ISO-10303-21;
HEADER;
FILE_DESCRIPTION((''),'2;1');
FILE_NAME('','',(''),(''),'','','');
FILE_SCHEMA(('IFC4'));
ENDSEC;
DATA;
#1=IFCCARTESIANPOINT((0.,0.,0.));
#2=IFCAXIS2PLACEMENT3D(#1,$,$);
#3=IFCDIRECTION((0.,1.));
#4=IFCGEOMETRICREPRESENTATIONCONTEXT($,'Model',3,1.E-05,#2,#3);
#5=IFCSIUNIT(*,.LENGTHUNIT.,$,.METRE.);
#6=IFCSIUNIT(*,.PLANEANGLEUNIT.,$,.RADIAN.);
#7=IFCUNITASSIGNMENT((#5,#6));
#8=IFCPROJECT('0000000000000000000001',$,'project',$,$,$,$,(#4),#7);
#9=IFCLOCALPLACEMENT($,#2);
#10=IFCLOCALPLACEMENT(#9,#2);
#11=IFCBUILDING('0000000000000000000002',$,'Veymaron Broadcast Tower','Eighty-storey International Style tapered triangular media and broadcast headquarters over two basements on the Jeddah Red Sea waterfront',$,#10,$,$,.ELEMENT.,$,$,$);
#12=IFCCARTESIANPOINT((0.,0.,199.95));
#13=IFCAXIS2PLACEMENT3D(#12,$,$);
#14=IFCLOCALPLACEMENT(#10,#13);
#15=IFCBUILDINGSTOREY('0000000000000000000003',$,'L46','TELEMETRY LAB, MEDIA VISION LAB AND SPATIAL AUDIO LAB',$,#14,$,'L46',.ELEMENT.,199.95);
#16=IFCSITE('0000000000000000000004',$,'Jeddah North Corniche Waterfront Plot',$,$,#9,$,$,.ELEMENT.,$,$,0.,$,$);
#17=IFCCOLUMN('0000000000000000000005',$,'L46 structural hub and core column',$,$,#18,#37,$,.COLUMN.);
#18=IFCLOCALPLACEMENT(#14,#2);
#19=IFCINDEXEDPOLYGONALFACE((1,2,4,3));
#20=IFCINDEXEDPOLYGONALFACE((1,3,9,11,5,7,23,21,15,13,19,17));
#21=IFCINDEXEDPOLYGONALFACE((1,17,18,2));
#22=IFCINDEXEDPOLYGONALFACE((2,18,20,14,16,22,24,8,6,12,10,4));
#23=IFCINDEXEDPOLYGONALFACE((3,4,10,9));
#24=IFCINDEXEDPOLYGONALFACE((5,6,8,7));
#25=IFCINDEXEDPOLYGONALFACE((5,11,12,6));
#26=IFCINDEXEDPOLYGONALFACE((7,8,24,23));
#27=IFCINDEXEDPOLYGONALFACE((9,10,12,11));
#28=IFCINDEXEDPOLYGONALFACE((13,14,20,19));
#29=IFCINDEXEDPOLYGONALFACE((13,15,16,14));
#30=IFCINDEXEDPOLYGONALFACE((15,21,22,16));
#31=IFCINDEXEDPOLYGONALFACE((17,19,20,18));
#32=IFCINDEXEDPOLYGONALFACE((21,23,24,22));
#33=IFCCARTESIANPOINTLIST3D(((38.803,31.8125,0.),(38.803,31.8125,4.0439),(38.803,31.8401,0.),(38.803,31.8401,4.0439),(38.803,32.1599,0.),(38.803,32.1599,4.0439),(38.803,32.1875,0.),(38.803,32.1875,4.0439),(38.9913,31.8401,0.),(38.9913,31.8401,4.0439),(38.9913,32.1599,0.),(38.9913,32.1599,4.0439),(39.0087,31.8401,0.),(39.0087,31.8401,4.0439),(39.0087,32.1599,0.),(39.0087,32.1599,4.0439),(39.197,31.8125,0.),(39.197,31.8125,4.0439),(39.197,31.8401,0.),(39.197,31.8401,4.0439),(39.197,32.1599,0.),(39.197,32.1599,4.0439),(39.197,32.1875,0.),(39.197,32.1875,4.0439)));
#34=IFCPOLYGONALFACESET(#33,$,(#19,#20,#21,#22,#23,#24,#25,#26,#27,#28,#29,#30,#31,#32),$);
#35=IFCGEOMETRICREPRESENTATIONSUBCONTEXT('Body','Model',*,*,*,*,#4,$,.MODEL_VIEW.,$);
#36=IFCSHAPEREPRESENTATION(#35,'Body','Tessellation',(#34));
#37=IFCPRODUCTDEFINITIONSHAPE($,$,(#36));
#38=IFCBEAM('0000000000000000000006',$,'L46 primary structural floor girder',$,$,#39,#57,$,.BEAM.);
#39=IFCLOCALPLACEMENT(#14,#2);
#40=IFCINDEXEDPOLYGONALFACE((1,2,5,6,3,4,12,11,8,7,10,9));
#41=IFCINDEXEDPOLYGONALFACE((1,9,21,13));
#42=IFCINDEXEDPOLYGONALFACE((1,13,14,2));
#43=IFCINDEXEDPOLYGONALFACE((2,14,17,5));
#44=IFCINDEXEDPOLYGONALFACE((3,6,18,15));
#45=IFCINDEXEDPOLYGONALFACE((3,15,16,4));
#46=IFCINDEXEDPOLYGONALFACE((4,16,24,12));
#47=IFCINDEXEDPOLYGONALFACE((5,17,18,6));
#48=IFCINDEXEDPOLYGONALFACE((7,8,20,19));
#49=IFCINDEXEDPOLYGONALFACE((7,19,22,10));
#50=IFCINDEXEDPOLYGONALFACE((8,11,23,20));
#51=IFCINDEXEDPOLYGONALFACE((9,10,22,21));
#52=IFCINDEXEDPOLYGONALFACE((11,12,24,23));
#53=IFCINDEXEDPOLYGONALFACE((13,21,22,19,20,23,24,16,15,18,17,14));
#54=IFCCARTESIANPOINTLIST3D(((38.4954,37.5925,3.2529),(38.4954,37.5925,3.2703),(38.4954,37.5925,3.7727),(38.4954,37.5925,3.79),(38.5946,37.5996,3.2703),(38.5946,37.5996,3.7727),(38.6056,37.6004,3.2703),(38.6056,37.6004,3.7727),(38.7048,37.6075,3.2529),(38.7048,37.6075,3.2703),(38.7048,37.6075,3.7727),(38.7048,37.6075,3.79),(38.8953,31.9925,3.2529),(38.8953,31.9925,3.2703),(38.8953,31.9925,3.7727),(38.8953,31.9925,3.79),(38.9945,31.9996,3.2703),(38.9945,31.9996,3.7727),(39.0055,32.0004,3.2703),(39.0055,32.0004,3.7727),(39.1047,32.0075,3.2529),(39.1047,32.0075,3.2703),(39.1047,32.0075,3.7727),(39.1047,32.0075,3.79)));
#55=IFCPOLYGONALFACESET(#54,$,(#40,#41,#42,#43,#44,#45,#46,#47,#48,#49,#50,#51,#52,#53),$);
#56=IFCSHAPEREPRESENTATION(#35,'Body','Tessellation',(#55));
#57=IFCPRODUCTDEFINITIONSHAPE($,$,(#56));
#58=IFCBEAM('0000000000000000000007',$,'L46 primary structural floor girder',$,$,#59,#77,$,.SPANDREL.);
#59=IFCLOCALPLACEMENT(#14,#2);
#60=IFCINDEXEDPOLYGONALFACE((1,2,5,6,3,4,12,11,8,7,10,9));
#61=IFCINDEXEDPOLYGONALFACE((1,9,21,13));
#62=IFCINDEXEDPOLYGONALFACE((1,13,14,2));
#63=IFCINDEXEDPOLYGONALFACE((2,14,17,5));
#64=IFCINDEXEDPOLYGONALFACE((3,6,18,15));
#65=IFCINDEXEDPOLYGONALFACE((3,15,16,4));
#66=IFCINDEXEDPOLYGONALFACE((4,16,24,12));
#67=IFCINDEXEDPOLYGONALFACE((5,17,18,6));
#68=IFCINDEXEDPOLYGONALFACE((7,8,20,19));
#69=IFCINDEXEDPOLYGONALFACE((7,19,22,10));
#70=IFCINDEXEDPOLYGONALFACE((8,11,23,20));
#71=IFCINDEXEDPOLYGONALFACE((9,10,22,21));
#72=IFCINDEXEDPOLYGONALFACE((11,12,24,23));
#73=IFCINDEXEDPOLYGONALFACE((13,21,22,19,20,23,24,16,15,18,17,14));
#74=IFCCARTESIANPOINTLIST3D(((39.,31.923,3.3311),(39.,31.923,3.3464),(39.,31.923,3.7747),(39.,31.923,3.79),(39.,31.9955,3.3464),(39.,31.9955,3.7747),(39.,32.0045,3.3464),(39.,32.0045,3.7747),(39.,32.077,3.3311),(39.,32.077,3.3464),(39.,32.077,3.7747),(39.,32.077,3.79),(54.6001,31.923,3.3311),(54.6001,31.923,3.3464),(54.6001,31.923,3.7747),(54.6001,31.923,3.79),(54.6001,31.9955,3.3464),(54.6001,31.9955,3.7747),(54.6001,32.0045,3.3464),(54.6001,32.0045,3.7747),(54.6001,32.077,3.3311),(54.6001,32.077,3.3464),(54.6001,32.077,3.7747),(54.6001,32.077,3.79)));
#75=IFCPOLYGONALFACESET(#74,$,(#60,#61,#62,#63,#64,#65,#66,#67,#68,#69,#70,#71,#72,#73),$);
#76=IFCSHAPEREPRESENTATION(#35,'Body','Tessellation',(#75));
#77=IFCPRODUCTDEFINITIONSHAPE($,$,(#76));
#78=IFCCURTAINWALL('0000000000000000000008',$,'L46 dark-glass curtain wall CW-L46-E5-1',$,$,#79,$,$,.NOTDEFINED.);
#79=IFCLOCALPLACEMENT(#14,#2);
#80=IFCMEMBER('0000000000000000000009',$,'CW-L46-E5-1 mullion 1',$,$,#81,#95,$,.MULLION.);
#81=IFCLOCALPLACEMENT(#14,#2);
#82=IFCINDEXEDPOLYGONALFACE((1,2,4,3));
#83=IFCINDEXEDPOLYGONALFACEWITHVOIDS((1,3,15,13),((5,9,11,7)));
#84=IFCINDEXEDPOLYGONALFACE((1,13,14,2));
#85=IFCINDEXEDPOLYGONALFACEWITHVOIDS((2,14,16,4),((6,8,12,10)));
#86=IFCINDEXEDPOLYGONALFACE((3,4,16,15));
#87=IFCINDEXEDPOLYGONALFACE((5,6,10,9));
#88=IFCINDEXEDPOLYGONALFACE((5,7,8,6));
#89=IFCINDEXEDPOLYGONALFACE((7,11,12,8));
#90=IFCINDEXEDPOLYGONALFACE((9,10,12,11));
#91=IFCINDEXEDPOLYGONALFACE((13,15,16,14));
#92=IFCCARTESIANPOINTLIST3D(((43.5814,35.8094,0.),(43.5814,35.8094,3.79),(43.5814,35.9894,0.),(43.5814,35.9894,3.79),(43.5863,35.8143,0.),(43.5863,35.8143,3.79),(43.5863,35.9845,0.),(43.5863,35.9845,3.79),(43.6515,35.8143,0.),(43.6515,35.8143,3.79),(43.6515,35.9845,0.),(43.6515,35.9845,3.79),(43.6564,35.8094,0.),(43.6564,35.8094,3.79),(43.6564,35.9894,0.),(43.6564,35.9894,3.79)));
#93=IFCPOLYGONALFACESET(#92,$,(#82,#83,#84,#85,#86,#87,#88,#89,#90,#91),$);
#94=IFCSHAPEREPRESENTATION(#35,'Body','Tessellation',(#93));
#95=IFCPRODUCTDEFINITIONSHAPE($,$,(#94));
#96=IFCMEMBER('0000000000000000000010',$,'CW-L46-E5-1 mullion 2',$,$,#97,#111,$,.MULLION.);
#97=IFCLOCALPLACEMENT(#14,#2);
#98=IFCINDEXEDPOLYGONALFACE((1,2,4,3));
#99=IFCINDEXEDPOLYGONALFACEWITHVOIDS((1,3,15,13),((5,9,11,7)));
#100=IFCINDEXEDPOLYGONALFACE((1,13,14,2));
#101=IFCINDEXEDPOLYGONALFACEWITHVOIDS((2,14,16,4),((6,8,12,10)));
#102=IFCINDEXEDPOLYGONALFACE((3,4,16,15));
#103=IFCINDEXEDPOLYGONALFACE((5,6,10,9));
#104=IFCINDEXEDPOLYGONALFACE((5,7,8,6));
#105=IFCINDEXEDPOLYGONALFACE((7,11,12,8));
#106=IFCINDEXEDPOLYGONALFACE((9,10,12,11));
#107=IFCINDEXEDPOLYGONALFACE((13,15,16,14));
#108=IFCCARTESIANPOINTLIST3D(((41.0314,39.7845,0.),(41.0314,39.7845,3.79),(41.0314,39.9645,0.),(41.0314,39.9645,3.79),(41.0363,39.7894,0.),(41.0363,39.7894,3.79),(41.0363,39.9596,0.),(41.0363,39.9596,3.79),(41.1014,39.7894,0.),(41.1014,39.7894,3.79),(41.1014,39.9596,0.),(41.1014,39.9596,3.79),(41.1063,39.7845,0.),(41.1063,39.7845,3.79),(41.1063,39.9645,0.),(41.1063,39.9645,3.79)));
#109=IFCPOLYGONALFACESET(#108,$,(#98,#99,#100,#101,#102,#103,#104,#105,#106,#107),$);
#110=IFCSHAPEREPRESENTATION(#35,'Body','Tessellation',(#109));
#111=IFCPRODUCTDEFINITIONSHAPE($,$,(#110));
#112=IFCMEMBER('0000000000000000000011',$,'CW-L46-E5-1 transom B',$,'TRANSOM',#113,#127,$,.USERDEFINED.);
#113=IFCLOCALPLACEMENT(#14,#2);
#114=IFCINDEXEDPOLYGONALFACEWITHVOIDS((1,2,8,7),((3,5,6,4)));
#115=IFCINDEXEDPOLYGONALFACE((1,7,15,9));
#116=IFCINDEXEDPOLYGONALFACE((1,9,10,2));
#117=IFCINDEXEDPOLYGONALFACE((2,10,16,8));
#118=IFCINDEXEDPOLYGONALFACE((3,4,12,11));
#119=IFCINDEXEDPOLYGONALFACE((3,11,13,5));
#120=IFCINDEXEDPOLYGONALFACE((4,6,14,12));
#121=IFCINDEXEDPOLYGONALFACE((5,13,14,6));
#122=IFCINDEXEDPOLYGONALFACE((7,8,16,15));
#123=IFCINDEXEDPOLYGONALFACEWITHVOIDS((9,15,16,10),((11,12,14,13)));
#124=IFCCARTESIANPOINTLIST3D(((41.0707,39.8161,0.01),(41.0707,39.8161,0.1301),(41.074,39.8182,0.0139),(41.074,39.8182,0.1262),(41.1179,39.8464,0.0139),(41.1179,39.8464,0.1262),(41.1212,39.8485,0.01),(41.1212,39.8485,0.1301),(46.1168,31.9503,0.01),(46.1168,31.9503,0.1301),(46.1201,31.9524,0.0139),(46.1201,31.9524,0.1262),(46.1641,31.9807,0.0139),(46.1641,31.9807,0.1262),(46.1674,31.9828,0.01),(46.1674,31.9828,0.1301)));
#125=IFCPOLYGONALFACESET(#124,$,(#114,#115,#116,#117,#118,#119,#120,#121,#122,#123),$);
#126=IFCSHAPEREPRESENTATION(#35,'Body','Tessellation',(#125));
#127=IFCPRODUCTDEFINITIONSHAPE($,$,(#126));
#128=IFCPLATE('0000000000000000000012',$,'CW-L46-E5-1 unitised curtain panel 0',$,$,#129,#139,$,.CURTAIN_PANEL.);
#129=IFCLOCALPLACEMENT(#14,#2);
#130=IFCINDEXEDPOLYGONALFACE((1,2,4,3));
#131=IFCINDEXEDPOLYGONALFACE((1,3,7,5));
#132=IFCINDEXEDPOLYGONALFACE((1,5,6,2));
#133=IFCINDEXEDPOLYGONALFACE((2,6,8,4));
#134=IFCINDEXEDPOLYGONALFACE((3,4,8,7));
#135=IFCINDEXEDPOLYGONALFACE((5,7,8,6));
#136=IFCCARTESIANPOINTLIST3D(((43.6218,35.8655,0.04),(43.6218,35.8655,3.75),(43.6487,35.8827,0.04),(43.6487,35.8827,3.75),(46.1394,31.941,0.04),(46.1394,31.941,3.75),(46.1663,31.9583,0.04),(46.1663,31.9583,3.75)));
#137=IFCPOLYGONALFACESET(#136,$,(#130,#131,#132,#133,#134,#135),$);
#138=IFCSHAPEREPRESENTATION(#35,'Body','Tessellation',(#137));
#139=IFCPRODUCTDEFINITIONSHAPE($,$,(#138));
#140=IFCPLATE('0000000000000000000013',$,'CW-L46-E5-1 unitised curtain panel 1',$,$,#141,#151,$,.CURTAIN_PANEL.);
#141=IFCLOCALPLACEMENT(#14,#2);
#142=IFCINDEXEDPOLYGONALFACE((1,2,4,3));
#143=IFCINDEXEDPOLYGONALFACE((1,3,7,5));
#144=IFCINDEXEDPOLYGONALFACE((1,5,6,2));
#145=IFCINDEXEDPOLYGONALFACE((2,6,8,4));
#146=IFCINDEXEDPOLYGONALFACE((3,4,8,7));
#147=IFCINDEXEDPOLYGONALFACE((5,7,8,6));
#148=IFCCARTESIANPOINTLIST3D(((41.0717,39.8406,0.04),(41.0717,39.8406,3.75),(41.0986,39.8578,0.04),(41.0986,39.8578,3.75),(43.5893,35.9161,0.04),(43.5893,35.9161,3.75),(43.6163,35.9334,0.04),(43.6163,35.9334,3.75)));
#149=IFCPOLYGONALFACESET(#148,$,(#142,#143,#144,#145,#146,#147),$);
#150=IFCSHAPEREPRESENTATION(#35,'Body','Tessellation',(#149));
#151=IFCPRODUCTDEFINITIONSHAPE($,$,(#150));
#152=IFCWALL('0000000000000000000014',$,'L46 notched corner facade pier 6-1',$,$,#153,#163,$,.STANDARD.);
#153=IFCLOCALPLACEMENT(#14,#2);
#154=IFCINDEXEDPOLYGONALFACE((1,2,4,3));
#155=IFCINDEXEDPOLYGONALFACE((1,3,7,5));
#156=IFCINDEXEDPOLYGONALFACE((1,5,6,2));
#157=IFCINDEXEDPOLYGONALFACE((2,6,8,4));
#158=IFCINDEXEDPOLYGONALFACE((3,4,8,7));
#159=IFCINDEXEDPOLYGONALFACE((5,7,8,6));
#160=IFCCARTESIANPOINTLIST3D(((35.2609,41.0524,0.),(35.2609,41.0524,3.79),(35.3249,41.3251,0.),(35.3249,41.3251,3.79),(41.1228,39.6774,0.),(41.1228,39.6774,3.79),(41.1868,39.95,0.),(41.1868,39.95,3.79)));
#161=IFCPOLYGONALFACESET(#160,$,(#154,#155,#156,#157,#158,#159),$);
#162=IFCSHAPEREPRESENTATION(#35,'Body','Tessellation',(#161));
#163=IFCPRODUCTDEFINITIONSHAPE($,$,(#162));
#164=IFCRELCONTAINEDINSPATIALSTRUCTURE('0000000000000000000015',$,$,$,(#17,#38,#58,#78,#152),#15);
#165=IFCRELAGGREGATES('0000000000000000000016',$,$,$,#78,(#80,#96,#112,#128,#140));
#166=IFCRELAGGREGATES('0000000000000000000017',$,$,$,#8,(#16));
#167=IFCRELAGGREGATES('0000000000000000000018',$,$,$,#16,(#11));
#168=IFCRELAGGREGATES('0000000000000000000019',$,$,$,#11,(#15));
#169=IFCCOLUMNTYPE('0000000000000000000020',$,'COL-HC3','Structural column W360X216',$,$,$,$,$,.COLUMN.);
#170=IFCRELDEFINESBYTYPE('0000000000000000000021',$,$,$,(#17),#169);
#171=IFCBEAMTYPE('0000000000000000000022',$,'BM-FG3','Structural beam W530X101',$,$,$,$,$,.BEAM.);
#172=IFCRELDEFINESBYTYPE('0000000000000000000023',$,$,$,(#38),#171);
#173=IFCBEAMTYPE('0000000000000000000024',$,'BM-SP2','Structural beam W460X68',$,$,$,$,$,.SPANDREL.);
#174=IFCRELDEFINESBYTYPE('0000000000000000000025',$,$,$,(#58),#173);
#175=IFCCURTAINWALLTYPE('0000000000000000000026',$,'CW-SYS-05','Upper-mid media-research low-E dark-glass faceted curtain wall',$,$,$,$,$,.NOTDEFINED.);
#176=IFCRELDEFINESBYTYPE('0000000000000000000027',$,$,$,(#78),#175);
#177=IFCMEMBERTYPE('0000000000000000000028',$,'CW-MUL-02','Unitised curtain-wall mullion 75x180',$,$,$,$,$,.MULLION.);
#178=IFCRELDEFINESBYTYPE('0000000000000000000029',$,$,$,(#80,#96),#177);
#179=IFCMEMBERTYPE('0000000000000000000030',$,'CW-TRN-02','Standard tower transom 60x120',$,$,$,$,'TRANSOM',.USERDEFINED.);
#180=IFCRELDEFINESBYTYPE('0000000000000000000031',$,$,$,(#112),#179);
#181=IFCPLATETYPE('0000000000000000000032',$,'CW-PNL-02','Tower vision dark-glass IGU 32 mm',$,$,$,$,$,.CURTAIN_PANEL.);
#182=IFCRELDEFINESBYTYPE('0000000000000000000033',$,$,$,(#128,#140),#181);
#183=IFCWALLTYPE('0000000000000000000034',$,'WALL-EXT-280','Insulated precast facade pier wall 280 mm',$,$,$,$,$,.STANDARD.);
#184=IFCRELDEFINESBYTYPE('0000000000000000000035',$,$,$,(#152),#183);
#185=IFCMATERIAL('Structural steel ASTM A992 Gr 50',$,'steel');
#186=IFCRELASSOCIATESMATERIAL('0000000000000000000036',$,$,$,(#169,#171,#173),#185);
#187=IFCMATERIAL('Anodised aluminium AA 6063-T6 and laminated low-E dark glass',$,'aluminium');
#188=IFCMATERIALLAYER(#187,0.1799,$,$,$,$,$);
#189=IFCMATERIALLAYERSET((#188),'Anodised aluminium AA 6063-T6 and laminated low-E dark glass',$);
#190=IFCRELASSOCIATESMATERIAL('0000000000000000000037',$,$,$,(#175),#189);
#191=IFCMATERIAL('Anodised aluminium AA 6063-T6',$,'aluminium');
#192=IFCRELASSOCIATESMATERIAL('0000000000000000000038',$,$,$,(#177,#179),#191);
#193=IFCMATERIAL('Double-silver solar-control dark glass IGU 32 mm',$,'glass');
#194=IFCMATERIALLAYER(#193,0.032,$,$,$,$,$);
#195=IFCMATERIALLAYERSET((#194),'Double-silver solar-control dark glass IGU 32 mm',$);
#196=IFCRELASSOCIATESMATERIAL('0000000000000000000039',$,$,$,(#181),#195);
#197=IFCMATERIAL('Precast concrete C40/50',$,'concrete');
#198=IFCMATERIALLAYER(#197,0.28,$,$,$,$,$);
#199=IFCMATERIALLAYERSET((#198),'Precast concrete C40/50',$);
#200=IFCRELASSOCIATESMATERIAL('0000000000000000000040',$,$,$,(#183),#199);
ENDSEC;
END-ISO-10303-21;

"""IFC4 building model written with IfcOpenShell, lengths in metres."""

from ifc_helpers import new_model, si_unit, direction, frame, frame_2d, origin, origin_2d, place, context, subcontext, project, spatial, rectangle, hollow_rectangle, i_section, extrude, material, layer, layer_set, material_profile, profile_set, type_object, element, aggregate, save


model = new_model("IFC4")

# Units and contexts
model_context = context("Model", 3, precision=1e-05, world=origin(), true_north=direction((0.0, 1.0)))
body_context = subcontext(model_context, "Body", "Model", "MODEL_VIEW")
ifc_project = project(units=[si_unit("LENGTHUNIT", "METRE"), si_unit("PLANEANGLEUNIT", "RADIAN")], contexts=[model_context])

# Site, building, storey
site_placement = place(None, origin())
site = spatial("IfcSite", under=ifc_project, at=site_placement, Name="Jeddah North Corniche Waterfront Plot", CompositionType="ELEMENT", RefElevation=0.0)
building_placement = place(site_placement, origin())
building = spatial("IfcBuilding", under=site, at=building_placement, Name="Veymaron Broadcast Tower", Description="Eighty-storey International Style tapered triangular media and broadcast headquarters over two basements on the Jeddah Red Sea waterfront", CompositionType="ELEMENT")
storey_placement = place(building_placement, frame((0.0, 0.0, 199.95)))
storey = spatial("IfcBuildingStorey", under=building, at=storey_placement, Name="L46", Description="TELEMETRY LAB, MEDIA VISION LAB AND SPATIAL AUDIO LAB", LongName="L46", CompositionType="ELEMENT", Elevation=199.95)

# Column
ifc_material_1 = material(Name="Structural steel ASTM A992 Gr 50", Category="steel")
ifc_material_profile_1 = material_profile(ifc_material_1, i_section(OverallWidth=0.394, OverallDepth=0.375, WebThickness=0.0173, FlangeThickness=0.0276, at=origin_2d()), Name="W360X216")
ifc_profile_set_1 = profile_set([ifc_material_profile_1], Name="Structural steel ASTM A992 Gr 50")
column_type = type_object("IfcColumnType", Name="COL-HC3", Description="Structural column W360X216", PredefinedType="COLUMN", material=ifc_profile_set_1)
column_placement = place(storey_placement, frame((39.0, 32.0, 0.0), z_axis=(0.0, 0.0, 1.0), x_axis=(1.0, 0.0, 0.0)))
element("IfcColumn", 1, at=column_placement, inside=storey, type_object=column_type, Name="L46 structural hub and core column", PredefinedType="COLUMN", context=body_context, shape_type="SweptSolid", body=[
    extrude(i_section(OverallWidth=0.394, OverallDepth=0.375, WebThickness=0.0173, FlangeThickness=0.0276, at=origin_2d()), origin(), (0.0, 0.0, 1.0), 4.0439),
])

# Beams
ifc_material_profile_2 = material_profile(ifc_material_1, i_section(OverallWidth=0.21, OverallDepth=0.5371, WebThickness=0.011, FlangeThickness=0.0173, at=origin_2d()), Name="W530X101")
ifc_profile_set_2 = profile_set([ifc_material_profile_2], Name="Structural steel ASTM A992 Gr 50")
beam_type_1 = type_object("IfcBeamType", Name="BM-FG3", Description="Structural beam W530X101", PredefinedType="BEAM", material=ifc_profile_set_2)
beam_1_placement = place(storey_placement, frame((39.0, 32.0, 3.5215), z_axis=(-0.071229, 0.99746, 0.0), x_axis=(-0.99746, -0.071229, 0.0)))
element("IfcBeam", 2, at=beam_1_placement, inside=storey, type_object=beam_type_1, Name="L46 primary structural floor girder", PredefinedType="BEAM", context=body_context, shape_type="SweptSolid", body=[
    extrude(i_section(OverallWidth=0.21, OverallDepth=0.5371, WebThickness=0.011, FlangeThickness=0.0173, at=origin_2d()), origin(), (0.0, 0.0, 1.0), 5.6143),
])
ifc_material_profile_3 = material_profile(ifc_material_1, i_section(OverallWidth=0.1541, OverallDepth=0.459, WebThickness=0.009, FlangeThickness=0.0154, at=origin_2d()), Name="W460X68")
ifc_profile_set_3 = profile_set([ifc_material_profile_3], Name="Structural steel ASTM A992 Gr 50")
beam_type_2 = type_object("IfcBeamType", Name="BM-SP2", Description="Structural beam W460X68", PredefinedType="SPANDREL", material=ifc_profile_set_3)
beam_2_placement = place(storey_placement, frame((39.0, 32.0, 3.5605), z_axis=(1.0, 0.0, 0.0), x_axis=(0.0, 1.0, 0.0)))
element("IfcBeam", 3, at=beam_2_placement, inside=storey, type_object=beam_type_2, Name="L46 primary structural floor girder", PredefinedType="SPANDREL", context=body_context, shape_type="SweptSolid", body=[
    extrude(i_section(OverallWidth=0.1541, OverallDepth=0.459, WebThickness=0.009, FlangeThickness=0.0154, at=origin_2d()), origin(), (0.0, 0.0, 1.0), 15.6001),
])

# Curtain wall, members, plates
ifc_material_2 = material(Name="Anodised aluminium AA 6063-T6 and laminated low-E dark glass", Category="aluminium")
ifc_layer_1 = layer(ifc_material_2, 0.1799)
ifc_layer_set_1 = layer_set([ifc_layer_1], Name="Anodised aluminium AA 6063-T6 and laminated low-E dark glass")
curtain_wall_type = type_object("IfcCurtainWallType", Name="CW-SYS-05", Description="Upper-mid media-research low-E dark-glass faceted curtain wall", PredefinedType="NOTDEFINED", material=ifc_layer_set_1)
curtain_wall_placement = place(storey_placement, origin())
curtain_wall = element("IfcCurtainWall", 4, at=curtain_wall_placement, inside=storey, type_object=curtain_wall_type, Name="L46 dark-glass curtain wall CW-L46-E5-1", PredefinedType="NOTDEFINED")
ifc_material_3 = material(Name="Anodised aluminium AA 6063-T6", Category="aluminium")
ifc_material_profile_4 = material_profile(ifc_material_3, hollow_rectangle(XDim=0.075, YDim=0.1799, WallThickness=0.0049, at=origin_2d()), Name="AL180X75X5")
ifc_profile_set_4 = profile_set([ifc_material_profile_4], Name="Anodised aluminium AA 6063-T6")
member_type_1 = type_object("IfcMemberType", Name="CW-MUL-02", Description="Unitised curtain-wall mullion 75x180", PredefinedType="MULLION", material=ifc_profile_set_4)
member_1_placement = place(storey_placement, frame((43.6189, 35.8994, 0.0), z_axis=(0.0, 0.0, 1.0), x_axis=(1.0, 0.0, 0.0)))
member_1 = element("IfcMember", 5, at=member_1_placement, type_object=member_type_1, Name="CW-L46-E5-1 mullion 1", PredefinedType="MULLION", context=body_context, shape_type="SweptSolid", body=[
    extrude(hollow_rectangle(XDim=0.075, YDim=0.1799, WallThickness=0.0049, at=origin_2d()), origin(), (0.0, 0.0, 1.0), 3.79),
])
member_2_placement = place(storey_placement, frame((41.0688, 39.8745, 0.0), z_axis=(0.0, 0.0, 1.0), x_axis=(1.0, 0.0, 0.0)))
member_2 = element("IfcMember", 6, at=member_2_placement, type_object=member_type_1, Name="CW-L46-E5-1 mullion 2", PredefinedType="MULLION", context=body_context, shape_type="SweptSolid", body=[
    extrude(hollow_rectangle(XDim=0.075, YDim=0.1799, WallThickness=0.0049, at=origin_2d()), origin(), (0.0, 0.0, 1.0), 3.79),
])
ifc_material_profile_5 = material_profile(ifc_material_3, hollow_rectangle(XDim=0.0601, YDim=0.1201, WallThickness=0.0039, at=origin_2d()), Name="AL120X60X4")
ifc_profile_set_5 = profile_set([ifc_material_profile_5], Name="Anodised aluminium AA 6063-T6")
member_type_2 = type_object("IfcMemberType", Name="CW-TRN-02", Description="Standard tower transom 60x120", ElementType="TRANSOM", PredefinedType="USERDEFINED", material=ifc_profile_set_5)
member_3_placement = place(storey_placement, frame((46.1421, 31.9666, 0.0701), z_axis=(-0.53997, 0.841684, 0.0), x_axis=(-0.841684, -0.53997, 0.0)))
member_3 = element("IfcMember", 7, at=member_3_placement, type_object=member_type_2, Name="CW-L46-E5-1 transom B", ObjectType="TRANSOM", PredefinedType="USERDEFINED", context=body_context, shape_type="SweptSolid", body=[
    extrude(hollow_rectangle(XDim=0.0601, YDim=0.1201, WallThickness=0.0039, at=origin_2d()), origin(), (0.0, 0.0, 1.0), 9.3452),
])
ifc_material_4 = material(Name="Double-silver solar-control dark glass IGU 32 mm", Category="glass")
ifc_layer_2 = layer(ifc_material_4, 0.032)
ifc_layer_set_2 = layer_set([ifc_layer_2], Name="Double-silver solar-control dark glass IGU 32 mm")
plate_type = type_object("IfcPlateType", Name="CW-PNL-02", Description="Tower vision dark-glass IGU 32 mm", PredefinedType="CURTAIN_PANEL", material=ifc_layer_set_2)
plate_1_placement = place(storey_placement, frame((44.894, 33.9119, 0.04), z_axis=(0.0, 0.0, 1.0), x_axis=(-0.539961, 0.84169, 0.0)))
plate_1 = element("IfcPlate", 8, at=plate_1_placement, type_object=plate_type, Name="CW-L46-E5-1 unitised curtain panel 0", PredefinedType="CURTAIN_PANEL", context=body_context, shape_type="SweptSolid", body=[
    extrude(rectangle(XDim=4.6626, YDim=0.032, at=origin_2d()), origin(), (0.0, 0.0, 1.0), 3.71),
])
plate_2_placement = place(storey_placement, frame((42.344, 37.887, 0.04), z_axis=(0.0, 0.0, 1.0), x_axis=(-0.539961, 0.84169, 0.0)))
plate_2 = element("IfcPlate", 9, at=plate_2_placement, type_object=plate_type, Name="CW-L46-E5-1 unitised curtain panel 1", PredefinedType="CURTAIN_PANEL", context=body_context, shape_type="SweptSolid", body=[
    extrude(rectangle(XDim=4.6626, YDim=0.032, at=origin_2d()), origin(), (0.0, 0.0, 1.0), 3.71),
])
aggregate(curtain_wall, [member_1, member_2, member_3, plate_1, plate_2])

# Wall
ifc_material_5 = material(Name="Precast concrete C40/50", Category="concrete")
ifc_layer_3 = layer(ifc_material_5, 0.28)
ifc_layer_set_3 = layer_set([ifc_layer_3], Name="Precast concrete C40/50")
wall_type_1 = type_object("IfcWallType", Name="WALL-EXT-280", Description="Insulated precast facade pier wall 280 mm", PredefinedType="STANDARD", material=ifc_layer_set_3)
wall_1_placement = place(storey_placement, frame((41.1548, 39.8137, 0.0), z_axis=(0.0, 0.0, 1.0), x_axis=(-0.973574, 0.22837, 0.0)))
element("IfcWall", 10, at=wall_1_placement, inside=storey, type_object=wall_type_1, Name="L46 notched corner facade pier 6-1", PredefinedType="STANDARD", context=body_context, shape_type="SweptSolid", body=[
    extrude(rectangle(XDim=6.021, YDim=0.28, at=frame_2d((3.0105, 0.0))), origin(), (0.0, 0.0, 1.0), 3.79),
])

save(model, "model.ifc")
